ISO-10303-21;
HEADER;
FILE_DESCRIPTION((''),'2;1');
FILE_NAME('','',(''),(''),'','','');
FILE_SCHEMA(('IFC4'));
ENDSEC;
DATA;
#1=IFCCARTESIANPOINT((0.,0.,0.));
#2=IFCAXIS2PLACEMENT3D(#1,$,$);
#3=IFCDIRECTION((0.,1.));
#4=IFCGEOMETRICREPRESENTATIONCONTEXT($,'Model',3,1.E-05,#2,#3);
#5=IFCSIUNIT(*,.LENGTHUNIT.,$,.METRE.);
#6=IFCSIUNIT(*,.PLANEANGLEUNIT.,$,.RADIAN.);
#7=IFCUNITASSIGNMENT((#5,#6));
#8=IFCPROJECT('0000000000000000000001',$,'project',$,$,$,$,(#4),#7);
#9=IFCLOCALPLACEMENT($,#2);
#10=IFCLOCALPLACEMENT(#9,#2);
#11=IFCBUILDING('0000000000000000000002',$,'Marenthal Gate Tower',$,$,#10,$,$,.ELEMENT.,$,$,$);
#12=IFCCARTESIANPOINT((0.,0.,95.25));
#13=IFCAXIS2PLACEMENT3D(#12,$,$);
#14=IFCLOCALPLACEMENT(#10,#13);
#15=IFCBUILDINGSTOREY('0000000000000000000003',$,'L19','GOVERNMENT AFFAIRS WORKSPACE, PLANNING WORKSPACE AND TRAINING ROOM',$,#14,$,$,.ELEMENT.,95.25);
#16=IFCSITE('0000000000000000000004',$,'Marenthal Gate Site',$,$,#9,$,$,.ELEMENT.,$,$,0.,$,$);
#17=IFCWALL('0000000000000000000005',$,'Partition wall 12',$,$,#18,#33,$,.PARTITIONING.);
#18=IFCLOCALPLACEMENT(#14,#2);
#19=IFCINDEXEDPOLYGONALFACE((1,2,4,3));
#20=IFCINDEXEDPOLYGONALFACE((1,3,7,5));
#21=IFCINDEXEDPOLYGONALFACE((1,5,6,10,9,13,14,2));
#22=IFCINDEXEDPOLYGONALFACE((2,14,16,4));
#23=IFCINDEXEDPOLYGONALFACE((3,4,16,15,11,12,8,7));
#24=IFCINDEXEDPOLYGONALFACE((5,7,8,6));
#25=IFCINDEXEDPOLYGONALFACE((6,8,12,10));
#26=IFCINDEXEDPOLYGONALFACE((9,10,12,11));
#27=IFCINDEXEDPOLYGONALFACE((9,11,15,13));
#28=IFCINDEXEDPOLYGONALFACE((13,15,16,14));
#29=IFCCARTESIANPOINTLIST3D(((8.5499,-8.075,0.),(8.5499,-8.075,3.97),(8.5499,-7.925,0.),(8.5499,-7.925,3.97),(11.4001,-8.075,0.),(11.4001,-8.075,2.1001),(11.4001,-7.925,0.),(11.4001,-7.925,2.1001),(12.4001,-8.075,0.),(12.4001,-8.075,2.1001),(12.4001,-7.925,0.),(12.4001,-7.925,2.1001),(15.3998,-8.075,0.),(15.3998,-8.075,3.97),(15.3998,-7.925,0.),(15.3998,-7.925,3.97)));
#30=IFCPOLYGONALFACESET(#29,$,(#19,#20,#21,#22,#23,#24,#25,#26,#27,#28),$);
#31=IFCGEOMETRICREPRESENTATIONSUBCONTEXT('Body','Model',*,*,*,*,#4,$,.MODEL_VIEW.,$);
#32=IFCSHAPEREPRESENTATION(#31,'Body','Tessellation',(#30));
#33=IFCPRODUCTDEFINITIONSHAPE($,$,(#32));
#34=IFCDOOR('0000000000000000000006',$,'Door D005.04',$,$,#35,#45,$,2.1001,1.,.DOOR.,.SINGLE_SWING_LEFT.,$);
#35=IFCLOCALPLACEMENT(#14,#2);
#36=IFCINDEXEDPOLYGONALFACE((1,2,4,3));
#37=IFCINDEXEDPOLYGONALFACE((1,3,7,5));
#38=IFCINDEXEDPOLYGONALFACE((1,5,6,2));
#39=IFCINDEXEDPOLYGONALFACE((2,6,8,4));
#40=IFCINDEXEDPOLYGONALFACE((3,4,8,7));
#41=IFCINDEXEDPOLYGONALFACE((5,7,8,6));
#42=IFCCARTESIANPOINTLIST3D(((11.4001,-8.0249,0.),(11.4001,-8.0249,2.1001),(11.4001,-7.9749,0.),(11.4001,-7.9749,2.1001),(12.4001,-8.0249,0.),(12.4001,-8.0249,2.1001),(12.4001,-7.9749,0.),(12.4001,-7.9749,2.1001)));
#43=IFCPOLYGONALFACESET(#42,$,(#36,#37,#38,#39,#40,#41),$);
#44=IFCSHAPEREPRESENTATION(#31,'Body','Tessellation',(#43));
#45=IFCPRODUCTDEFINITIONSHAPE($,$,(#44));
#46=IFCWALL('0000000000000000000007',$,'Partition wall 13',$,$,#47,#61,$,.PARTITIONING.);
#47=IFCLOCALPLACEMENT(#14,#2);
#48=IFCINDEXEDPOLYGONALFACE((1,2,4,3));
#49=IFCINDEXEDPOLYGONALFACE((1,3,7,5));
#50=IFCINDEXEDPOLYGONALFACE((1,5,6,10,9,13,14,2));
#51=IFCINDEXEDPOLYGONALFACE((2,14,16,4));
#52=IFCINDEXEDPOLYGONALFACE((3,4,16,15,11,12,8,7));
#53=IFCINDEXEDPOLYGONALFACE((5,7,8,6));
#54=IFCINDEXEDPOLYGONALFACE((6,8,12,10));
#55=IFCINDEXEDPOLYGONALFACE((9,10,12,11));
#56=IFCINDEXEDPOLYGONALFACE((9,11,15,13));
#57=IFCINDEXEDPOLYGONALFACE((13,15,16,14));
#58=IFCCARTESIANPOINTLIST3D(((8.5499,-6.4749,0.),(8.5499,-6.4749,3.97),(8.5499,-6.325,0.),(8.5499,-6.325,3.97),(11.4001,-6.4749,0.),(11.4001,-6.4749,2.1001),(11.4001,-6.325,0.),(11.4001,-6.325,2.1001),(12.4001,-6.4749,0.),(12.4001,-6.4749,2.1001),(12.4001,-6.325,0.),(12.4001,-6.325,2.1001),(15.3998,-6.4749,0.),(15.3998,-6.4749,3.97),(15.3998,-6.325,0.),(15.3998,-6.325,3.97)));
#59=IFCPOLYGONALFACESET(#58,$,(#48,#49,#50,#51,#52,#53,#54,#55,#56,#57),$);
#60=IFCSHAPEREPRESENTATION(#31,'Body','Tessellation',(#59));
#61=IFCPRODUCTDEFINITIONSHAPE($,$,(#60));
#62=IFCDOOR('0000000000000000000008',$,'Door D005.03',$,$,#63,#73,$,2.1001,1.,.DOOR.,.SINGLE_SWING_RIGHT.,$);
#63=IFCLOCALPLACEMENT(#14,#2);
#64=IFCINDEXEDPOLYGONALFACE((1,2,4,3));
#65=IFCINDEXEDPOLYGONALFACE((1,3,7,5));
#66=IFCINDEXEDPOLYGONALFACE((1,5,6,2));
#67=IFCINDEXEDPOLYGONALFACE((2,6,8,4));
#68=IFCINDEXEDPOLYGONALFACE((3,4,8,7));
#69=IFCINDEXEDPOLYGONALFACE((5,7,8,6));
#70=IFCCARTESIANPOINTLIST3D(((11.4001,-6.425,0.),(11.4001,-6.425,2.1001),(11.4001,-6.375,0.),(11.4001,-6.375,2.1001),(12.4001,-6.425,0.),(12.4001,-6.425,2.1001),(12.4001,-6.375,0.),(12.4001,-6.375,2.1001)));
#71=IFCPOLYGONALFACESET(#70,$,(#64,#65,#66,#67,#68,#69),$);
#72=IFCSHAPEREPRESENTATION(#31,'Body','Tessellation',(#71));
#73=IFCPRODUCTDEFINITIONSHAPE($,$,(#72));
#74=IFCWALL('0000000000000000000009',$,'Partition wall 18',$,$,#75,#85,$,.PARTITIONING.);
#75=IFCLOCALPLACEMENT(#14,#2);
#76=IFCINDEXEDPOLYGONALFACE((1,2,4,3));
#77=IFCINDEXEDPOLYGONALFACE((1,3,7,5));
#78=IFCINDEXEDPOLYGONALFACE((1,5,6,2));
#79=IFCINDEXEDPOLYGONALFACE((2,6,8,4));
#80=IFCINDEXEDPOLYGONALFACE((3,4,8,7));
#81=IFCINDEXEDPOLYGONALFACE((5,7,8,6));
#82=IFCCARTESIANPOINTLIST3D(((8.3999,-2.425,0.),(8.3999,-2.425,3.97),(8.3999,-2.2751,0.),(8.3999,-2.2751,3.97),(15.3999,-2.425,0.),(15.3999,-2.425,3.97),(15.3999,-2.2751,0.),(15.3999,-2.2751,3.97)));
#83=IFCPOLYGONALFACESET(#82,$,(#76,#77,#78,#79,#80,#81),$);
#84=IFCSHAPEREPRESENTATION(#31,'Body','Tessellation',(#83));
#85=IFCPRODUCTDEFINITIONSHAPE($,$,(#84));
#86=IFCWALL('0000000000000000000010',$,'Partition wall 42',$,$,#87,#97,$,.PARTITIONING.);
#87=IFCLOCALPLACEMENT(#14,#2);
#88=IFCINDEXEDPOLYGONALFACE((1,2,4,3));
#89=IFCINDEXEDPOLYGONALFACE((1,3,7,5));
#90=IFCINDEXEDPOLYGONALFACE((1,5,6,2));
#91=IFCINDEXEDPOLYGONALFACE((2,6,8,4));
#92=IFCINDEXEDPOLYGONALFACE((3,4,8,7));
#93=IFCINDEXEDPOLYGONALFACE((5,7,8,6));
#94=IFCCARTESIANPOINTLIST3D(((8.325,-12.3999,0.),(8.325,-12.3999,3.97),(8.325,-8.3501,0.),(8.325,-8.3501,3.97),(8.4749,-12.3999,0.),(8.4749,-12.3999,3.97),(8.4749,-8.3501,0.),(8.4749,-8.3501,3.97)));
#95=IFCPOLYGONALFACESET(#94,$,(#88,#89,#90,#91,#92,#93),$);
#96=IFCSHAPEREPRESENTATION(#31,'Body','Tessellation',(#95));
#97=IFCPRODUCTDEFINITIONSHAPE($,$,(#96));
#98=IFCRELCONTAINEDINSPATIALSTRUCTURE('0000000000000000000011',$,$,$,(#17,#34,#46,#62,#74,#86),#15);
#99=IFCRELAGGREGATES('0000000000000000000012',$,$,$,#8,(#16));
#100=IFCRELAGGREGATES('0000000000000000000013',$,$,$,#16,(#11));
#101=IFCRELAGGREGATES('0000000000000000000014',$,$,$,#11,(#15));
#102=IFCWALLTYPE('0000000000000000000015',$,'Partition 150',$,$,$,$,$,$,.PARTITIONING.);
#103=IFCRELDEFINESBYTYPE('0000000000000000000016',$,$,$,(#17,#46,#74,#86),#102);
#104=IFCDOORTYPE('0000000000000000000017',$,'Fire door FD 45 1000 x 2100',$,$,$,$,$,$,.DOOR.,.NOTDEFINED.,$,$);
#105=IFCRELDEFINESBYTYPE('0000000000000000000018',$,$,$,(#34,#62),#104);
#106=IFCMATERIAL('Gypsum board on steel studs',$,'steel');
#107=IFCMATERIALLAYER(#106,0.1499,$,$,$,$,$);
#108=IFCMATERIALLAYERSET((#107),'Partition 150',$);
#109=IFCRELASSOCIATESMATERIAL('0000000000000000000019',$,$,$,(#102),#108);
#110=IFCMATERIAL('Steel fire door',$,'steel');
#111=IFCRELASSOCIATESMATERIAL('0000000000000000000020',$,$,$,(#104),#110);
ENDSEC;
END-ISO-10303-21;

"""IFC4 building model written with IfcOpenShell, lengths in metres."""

from ifc_helpers import new_model, si_unit, direction, frame, frame_2d, origin, place, context, subcontext, project, spatial, rectangle, extrude, material, layer, layer_set, type_object, element, fill, save


model = new_model("IFC4")

# Units and contexts
model_context = context("Model", 3, precision=1e-05, world=origin(), true_north=direction((0.0, 1.0)))
body_context = subcontext(model_context, "Body", "Model", "MODEL_VIEW")
ifc_project = project(units=[si_unit("LENGTHUNIT", "METRE"), si_unit("PLANEANGLEUNIT", "RADIAN")], contexts=[model_context])

# Site, building, storey
site_placement = place(None, origin())
site = spatial("IfcSite", under=ifc_project, at=site_placement, Name="Marenthal Gate Site", CompositionType="ELEMENT", RefElevation=0.0)
building_placement = place(site_placement, origin())
building = spatial("IfcBuilding", under=site, at=building_placement, Name="Marenthal Gate Tower", CompositionType="ELEMENT")
storey_placement = place(building_placement, frame((0.0, 0.0, 95.25)))
storey = spatial("IfcBuildingStorey", under=building, at=storey_placement, Name="L19", Description="GOVERNMENT AFFAIRS WORKSPACE, PLANNING WORKSPACE AND TRAINING ROOM", CompositionType="ELEMENT", Elevation=95.25)

# Walls, openings, doors
ifc_material_1 = material(Name="Gypsum board on steel studs", Category="steel")
ifc_layer_1 = layer(ifc_material_1, 0.1499)
ifc_layer_set_1 = layer_set([ifc_layer_1], Name="Partition 150")
wall_type_1 = type_object("IfcWallType", Name="Partition 150", PredefinedType="PARTITIONING", material=ifc_layer_set_1)
wall_1_placement = place(storey_placement, frame((8.55, -8.0, 0.0), z_axis=(0.0, 0.0, 1.0), x_axis=(1.0, 0.0, 0.0)))
wall_1 = element("IfcWall", 1, at=wall_1_placement, inside=storey, type_object=wall_type_1, Name="Partition wall 12", PredefinedType="PARTITIONING", context=body_context, shape_type="SweptSolid", body=[
    extrude(rectangle(XDim=6.8499, YDim=0.1499, at=frame_2d((3.4248, 0.0))), origin(), (0.0, 0.0, 1.0), 3.97),
])
opening_1_placement = place(wall_1_placement, frame((2.8501, 0.0, 0.0)))
opening_1 = element("IfcOpeningElement", 2, at=opening_1_placement, cuts=wall_1, PredefinedType="OPENING", context=body_context, shape_type="SweptSolid", body=[
    extrude(rectangle(XDim=1.0, YDim=2.1001, at=frame_2d((0.5, 1.05))), frame((0.0, 0.085, 0.0), z_axis=(0.0, -1.0, 0.0), x_axis=(1.0, 0.0, 0.0)), (0.0, 0.0, 1.0), 0.1699),
])
ifc_material_2 = material(Name="Steel fire door", Category="steel")
door_type_1 = type_object("IfcDoorType", Name="Fire door FD 45 1000 x 2100", OperationType="NOTDEFINED", PredefinedType="DOOR", material=ifc_material_2)
door_1_placement = place(opening_1_placement, frame((1.0, 0.0, 0.0), z_axis=(0.0, 0.0, 1.0), x_axis=(-1.0, 0.0, 0.0)))
door_1 = element("IfcDoor", 3, at=door_1_placement, inside=storey, type_object=door_type_1, Name="Door D005.04", OperationType="SINGLE_SWING_LEFT", OverallHeight=2.1001, OverallWidth=1.0, PredefinedType="DOOR", context=body_context, shape_type="SweptSolid", body=[
    extrude(rectangle(XDim=1.0, YDim=2.1001, at=frame_2d((0.5, 1.05))), frame((0.0, 0.0249, 0.0), z_axis=(0.0, -1.0, 0.0), x_axis=(1.0, 0.0, 0.0)), (0.0, 0.0, 1.0), 0.05),
])
fill(opening_1, door_1)
wall_2_placement = place(storey_placement, frame((8.55, -6.3999, 0.0), z_axis=(0.0, 0.0, 1.0), x_axis=(1.0, 0.0, 0.0)))
wall_2 = element("IfcWall", 4, at=wall_2_placement, inside=storey, type_object=wall_type_1, Name="Partition wall 13", PredefinedType="PARTITIONING", context=body_context, shape_type="SweptSolid", body=[
    extrude(rectangle(XDim=6.8499, YDim=0.1499, at=frame_2d((3.4248, 0.0))), origin(), (0.0, 0.0, 1.0), 3.97),
])
opening_2_placement = place(wall_2_placement, frame((2.8501, 0.0, 0.0)))
opening_2 = element("IfcOpeningElement", 5, at=opening_2_placement, cuts=wall_2, PredefinedType="OPENING", context=body_context, shape_type="SweptSolid", body=[
    extrude(rectangle(XDim=1.0, YDim=2.1001, at=frame_2d((0.5, 1.05))), frame((0.0, 0.085, 0.0), z_axis=(0.0, -1.0, 0.0), x_axis=(1.0, 0.0, 0.0)), (0.0, 0.0, 1.0), 0.1699),
])
door_2_placement = place(opening_2_placement, origin())
door_2 = element("IfcDoor", 6, at=door_2_placement, inside=storey, type_object=door_type_1, Name="Door D005.03", OperationType="SINGLE_SWING_RIGHT", OverallHeight=2.1001, OverallWidth=1.0, PredefinedType="DOOR", context=body_context, shape_type="SweptSolid", body=[
    extrude(rectangle(XDim=1.0, YDim=2.1001, at=frame_2d((0.5, 1.05))), frame((0.0, 0.0249, 0.0), z_axis=(0.0, -1.0, 0.0), x_axis=(1.0, 0.0, 0.0)), (0.0, 0.0, 1.0), 0.05),
])
fill(opening_2, door_2)

# Walls
wall_3_placement = place(storey_placement, frame((8.3999, -2.3501, 0.0), z_axis=(0.0, 0.0, 1.0), x_axis=(1.0, 0.0, 0.0)))
element("IfcWall", 7, at=wall_3_placement, inside=storey, type_object=wall_type_1, Name="Partition wall 18", PredefinedType="PARTITIONING", context=body_context, shape_type="SweptSolid", body=[
    extrude(rectangle(XDim=7.0, YDim=0.1499, at=frame_2d((3.5, 0.0))), origin(), (0.0, 0.0, 1.0), 3.97),
])
wall_4_placement = place(storey_placement, frame((8.3999, -12.3999, 0.0), z_axis=(0.0, 0.0, 1.0), x_axis=(0.0, 1.0, 0.0)))
element("IfcWall", 8, at=wall_4_placement, inside=storey, type_object=wall_type_1, Name="Partition wall 42", PredefinedType="PARTITIONING", context=body_context, shape_type="SweptSolid", body=[
    extrude(rectangle(XDim=4.0498, YDim=0.1499, at=frame_2d((2.0249, 0.0))), origin(), (0.0, 0.0, 1.0), 3.97),
])

save(model, "model.ifc")
